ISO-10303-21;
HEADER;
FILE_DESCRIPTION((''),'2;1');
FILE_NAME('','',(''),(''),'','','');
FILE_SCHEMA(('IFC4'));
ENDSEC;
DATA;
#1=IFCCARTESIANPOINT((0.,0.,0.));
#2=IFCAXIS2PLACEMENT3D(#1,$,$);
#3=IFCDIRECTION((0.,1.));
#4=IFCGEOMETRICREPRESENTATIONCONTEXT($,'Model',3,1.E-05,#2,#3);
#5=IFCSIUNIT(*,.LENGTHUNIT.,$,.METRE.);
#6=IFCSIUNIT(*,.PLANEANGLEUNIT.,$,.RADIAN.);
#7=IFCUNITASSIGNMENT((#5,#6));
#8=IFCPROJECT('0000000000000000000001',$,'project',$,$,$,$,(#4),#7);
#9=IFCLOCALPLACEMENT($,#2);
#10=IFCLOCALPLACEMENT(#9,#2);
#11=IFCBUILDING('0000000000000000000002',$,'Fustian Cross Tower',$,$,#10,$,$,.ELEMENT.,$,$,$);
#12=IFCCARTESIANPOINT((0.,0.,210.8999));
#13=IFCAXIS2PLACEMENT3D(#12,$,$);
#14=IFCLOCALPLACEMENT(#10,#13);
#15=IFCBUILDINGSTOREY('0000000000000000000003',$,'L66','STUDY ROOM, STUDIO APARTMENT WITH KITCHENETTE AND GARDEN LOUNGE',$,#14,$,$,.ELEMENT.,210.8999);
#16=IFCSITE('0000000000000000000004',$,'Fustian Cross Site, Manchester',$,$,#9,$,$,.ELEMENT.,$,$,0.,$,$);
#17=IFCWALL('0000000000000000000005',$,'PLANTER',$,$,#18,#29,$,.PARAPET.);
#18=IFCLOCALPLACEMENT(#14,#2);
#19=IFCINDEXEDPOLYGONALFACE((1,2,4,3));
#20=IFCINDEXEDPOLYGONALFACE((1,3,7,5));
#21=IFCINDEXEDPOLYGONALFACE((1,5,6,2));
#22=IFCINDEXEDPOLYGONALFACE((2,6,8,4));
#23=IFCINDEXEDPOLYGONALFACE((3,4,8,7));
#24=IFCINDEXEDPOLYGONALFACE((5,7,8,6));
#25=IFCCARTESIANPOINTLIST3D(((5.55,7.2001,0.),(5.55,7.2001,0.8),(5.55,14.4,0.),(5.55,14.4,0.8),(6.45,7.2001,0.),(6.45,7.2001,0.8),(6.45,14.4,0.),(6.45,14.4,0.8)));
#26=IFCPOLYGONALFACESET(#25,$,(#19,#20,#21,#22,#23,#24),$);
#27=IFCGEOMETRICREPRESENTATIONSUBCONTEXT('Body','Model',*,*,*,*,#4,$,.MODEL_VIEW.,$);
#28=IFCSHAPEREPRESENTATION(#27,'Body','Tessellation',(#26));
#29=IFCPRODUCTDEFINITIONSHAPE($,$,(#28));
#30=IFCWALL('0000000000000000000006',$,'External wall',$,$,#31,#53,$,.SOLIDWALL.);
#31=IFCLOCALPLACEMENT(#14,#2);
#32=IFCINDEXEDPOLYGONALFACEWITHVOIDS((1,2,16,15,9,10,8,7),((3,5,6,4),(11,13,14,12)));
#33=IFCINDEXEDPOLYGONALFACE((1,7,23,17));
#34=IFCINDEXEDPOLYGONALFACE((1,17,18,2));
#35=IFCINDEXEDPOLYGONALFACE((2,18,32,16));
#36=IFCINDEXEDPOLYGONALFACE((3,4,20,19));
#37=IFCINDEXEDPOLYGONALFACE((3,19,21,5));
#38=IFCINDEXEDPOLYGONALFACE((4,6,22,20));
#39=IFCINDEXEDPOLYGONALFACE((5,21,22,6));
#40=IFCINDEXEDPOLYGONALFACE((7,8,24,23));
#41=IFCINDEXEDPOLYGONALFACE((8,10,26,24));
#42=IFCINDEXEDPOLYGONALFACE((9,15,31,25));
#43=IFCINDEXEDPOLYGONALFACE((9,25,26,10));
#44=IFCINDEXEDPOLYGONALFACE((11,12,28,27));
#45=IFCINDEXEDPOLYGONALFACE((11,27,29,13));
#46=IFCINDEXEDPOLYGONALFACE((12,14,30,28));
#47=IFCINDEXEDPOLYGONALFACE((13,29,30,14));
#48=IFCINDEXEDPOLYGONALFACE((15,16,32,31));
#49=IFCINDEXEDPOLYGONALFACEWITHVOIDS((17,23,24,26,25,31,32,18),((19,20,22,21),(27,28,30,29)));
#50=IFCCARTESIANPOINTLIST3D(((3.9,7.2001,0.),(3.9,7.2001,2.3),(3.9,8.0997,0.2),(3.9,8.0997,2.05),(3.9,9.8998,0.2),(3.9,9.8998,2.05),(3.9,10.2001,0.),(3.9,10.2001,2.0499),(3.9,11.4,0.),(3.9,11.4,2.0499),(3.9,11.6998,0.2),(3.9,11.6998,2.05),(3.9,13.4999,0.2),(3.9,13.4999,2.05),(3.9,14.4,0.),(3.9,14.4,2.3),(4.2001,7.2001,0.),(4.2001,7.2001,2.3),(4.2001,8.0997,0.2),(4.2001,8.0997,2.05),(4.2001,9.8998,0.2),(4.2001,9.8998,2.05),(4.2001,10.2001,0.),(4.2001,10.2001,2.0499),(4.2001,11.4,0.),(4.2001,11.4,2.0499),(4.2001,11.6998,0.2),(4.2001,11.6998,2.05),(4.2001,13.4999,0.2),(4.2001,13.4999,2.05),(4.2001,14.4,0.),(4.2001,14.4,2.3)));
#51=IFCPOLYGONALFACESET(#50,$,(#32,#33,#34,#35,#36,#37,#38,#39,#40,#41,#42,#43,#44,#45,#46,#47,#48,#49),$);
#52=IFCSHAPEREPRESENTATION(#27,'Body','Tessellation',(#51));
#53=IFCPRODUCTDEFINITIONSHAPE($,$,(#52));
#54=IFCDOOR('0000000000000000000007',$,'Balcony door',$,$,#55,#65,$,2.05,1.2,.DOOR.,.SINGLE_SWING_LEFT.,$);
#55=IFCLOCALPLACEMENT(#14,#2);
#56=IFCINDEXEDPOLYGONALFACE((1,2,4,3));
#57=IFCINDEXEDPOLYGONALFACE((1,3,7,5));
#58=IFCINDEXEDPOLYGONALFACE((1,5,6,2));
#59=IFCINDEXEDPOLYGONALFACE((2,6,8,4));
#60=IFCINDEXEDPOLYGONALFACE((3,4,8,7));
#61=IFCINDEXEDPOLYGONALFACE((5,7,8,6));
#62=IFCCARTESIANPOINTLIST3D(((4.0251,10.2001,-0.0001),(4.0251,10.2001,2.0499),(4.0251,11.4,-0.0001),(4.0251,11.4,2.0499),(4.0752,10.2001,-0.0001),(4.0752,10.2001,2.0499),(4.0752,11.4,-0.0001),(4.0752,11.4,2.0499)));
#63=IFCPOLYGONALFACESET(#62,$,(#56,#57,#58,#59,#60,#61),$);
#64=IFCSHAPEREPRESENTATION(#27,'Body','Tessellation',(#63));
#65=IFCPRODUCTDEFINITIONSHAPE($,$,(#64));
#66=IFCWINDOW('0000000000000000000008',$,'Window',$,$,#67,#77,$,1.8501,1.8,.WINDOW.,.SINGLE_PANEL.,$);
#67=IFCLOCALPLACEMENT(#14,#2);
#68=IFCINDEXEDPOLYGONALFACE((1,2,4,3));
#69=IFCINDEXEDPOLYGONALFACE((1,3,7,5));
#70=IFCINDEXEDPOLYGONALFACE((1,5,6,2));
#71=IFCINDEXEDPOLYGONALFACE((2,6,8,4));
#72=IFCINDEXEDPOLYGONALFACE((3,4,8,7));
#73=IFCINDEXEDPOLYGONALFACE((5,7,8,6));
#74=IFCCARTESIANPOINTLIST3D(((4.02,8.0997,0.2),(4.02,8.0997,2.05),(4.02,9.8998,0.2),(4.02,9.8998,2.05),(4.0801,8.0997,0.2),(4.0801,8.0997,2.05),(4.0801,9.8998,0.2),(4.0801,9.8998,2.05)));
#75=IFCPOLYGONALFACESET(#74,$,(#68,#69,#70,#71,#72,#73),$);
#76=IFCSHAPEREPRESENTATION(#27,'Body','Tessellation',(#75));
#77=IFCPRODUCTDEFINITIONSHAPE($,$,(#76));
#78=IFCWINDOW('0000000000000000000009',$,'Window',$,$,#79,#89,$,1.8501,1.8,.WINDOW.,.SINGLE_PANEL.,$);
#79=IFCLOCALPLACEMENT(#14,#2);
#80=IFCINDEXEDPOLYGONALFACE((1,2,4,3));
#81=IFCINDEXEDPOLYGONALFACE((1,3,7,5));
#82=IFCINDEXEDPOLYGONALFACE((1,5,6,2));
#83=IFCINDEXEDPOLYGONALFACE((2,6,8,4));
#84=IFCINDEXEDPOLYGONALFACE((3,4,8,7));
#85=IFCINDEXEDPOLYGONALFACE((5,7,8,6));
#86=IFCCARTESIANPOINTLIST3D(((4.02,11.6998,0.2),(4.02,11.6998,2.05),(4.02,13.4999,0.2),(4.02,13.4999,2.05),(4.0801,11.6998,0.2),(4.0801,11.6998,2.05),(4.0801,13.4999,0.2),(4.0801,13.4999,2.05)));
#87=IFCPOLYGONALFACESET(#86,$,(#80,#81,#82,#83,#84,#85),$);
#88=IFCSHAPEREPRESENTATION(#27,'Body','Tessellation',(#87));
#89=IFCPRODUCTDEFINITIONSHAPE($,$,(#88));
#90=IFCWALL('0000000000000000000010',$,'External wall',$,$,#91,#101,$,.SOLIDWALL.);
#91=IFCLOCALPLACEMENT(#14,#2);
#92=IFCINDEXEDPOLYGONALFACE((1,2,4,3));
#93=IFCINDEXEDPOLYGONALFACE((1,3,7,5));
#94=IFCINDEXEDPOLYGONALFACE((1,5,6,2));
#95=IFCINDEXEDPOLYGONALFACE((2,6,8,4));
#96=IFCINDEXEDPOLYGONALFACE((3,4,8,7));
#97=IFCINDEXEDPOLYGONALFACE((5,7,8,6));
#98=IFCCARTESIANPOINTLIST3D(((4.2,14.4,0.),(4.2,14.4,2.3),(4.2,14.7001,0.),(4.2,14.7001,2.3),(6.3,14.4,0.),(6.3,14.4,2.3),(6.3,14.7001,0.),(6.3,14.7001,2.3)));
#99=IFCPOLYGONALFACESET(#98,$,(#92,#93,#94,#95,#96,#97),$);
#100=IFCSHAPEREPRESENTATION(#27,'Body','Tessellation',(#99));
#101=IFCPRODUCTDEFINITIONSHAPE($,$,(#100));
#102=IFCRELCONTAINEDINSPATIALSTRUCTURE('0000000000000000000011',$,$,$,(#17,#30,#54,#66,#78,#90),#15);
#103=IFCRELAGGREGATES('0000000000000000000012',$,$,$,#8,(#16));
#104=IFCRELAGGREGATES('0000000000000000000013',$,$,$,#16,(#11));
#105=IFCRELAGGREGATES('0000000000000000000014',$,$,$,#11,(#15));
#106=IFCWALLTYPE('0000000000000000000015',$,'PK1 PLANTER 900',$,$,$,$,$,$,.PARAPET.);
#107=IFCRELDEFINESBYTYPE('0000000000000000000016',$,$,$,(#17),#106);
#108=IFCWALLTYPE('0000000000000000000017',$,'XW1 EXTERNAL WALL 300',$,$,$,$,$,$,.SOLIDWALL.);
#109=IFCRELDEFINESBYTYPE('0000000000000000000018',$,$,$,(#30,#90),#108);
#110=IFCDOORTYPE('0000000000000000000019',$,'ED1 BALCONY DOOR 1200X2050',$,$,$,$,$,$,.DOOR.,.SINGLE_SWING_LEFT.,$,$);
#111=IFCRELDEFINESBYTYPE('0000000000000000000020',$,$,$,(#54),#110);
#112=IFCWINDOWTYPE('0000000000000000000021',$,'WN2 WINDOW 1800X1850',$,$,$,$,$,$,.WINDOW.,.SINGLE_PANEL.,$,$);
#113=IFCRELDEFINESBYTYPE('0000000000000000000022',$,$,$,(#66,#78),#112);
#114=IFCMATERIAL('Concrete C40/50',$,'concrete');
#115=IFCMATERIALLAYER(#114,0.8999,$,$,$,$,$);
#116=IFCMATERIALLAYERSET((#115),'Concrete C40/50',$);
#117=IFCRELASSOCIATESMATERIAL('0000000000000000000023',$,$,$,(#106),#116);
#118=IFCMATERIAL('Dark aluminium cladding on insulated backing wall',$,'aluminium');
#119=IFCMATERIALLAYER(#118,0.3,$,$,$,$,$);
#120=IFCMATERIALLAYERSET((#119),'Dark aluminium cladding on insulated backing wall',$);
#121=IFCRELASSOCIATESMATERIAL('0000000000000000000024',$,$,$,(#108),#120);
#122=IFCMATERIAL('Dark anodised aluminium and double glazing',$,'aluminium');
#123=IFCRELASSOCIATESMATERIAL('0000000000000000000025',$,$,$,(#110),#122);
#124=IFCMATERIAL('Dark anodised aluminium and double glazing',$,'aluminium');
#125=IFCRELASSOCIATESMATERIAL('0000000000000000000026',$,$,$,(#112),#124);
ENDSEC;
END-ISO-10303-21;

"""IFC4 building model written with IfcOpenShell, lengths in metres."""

from ifc_helpers import new_model, si_unit, direction, frame, frame_2d, origin, place, context, subcontext, project, spatial, rectangle, extrude, material, layer, layer_set, type_object, element, fill, save


model = new_model("IFC4")

# Units and contexts
model_context = context("Model", 3, precision=1e-05, world=origin(), true_north=direction((0.0, 1.0)))
body_context = subcontext(model_context, "Body", "Model", "MODEL_VIEW")
ifc_project = project(units=[si_unit("LENGTHUNIT", "METRE"), si_unit("PLANEANGLEUNIT", "RADIAN")], contexts=[model_context])

# Site, building, storey
site_placement = place(None, origin())
site = spatial("IfcSite", under=ifc_project, at=site_placement, Name="Fustian Cross Site, Manchester", CompositionType="ELEMENT", RefElevation=0.0)
building_placement = place(site_placement, origin())
building = spatial("IfcBuilding", under=site, at=building_placement, Name="Fustian Cross Tower", CompositionType="ELEMENT")
storey_placement = place(building_placement, frame((0.0, 0.0, 210.8999)))
storey = spatial("IfcBuildingStorey", under=building, at=storey_placement, Name="L66", Description="STUDY ROOM, STUDIO APARTMENT WITH KITCHENETTE AND GARDEN LOUNGE", CompositionType="ELEMENT", Elevation=210.8999)

# Wall
ifc_material_1 = material(Name="Concrete C40/50", Category="concrete")
ifc_layer_1 = layer(ifc_material_1, 0.8999)
ifc_layer_set_1 = layer_set([ifc_layer_1], Name="Concrete C40/50")
wall_type_1 = type_object("IfcWallType", Name="PK1 PLANTER 900", PredefinedType="PARAPET", material=ifc_layer_set_1)
wall_1_placement = place(storey_placement, frame((6.0, 7.2, 0.0), z_axis=(0.0, 0.0, 1.0), x_axis=(0.0, 1.0, 0.0)))
element("IfcWall", 1, at=wall_1_placement, inside=storey, type_object=wall_type_1, Name="PLANTER", PredefinedType="PARAPET", context=body_context, shape_type="SweptSolid", body=[
    extrude(rectangle(XDim=7.2, YDim=0.8999, at=frame_2d((3.6001, 0.0))), origin(), (0.0, 0.0, 1.0), 0.8),
])

# Wall, openings, door, windows
ifc_material_2 = material(Name="Dark aluminium cladding on insulated backing wall", Category="aluminium")
ifc_layer_2 = layer(ifc_material_2, 0.3)
ifc_layer_set_2 = layer_set([ifc_layer_2], Name="Dark aluminium cladding on insulated backing wall")
wall_type_2 = type_object("IfcWallType", Name="XW1 EXTERNAL WALL 300", PredefinedType="SOLIDWALL", material=ifc_layer_set_2)
wall_2_placement = place(storey_placement, frame((4.05, 7.2, 0.0), z_axis=(0.0, 0.0, 1.0), x_axis=(0.0, 1.0, 0.0)))
wall_2 = element("IfcWall", 2, at=wall_2_placement, inside=storey, type_object=wall_type_2, Name="External wall", PredefinedType="SOLIDWALL", context=body_context, shape_type="SweptSolid", body=[
    extrude(rectangle(XDim=7.2, YDim=0.3, at=frame_2d((3.6001, 0.0))), origin(), (0.0, 0.0, 1.0), 2.3),
])
opening_1_placement = place(wall_2_placement, frame((3.0, 0.0, 0.0)))
opening_1 = element("IfcOpeningElement", 3, at=opening_1_placement, cuts=wall_2, PredefinedType="OPENING", context=body_context, shape_type="SweptSolid", body=[
    extrude(rectangle(XDim=1.2, YDim=2.05, at=frame_2d((0.6001, 1.0249))), frame((0.0, 0.1599, 0.0), z_axis=(0.0, -1.0, 0.0), x_axis=(1.0, 0.0, 0.0)), (0.0, 0.0, 1.0), 0.3201),
])
opening_2_placement = place(wall_2_placement, frame((0.8999, 0.0, 0.2)))
opening_2 = element("IfcOpeningElement", 4, at=opening_2_placement, cuts=wall_2, PredefinedType="OPENING", context=body_context, shape_type="SweptSolid", body=[
    extrude(rectangle(XDim=1.8, YDim=1.8501, at=frame_2d((0.8999, 0.925))), frame((0.0, 0.1599, 0.0), z_axis=(0.0, -1.0, 0.0), x_axis=(1.0, 0.0, 0.0)), (0.0, 0.0, 1.0), 0.3201),
])
opening_3_placement = place(wall_2_placement, frame((4.5, 0.0, 0.2)))
opening_3 = element("IfcOpeningElement", 5, at=opening_3_placement, cuts=wall_2, PredefinedType="OPENING", context=body_context, shape_type="SweptSolid", body=[
    extrude(rectangle(XDim=1.8, YDim=1.8501, at=frame_2d((0.8999, 0.925))), frame((0.0, 0.1599, 0.0), z_axis=(0.0, -1.0, 0.0), x_axis=(1.0, 0.0, 0.0)), (0.0, 0.0, 1.0), 0.3201),
])
ifc_material_3 = material(Name="Dark anodised aluminium and double glazing", Category="aluminium")
door_type_1 = type_object("IfcDoorType", Name="ED1 BALCONY DOOR 1200X2050", OperationType="SINGLE_SWING_LEFT", PredefinedType="DOOR", material=ifc_material_3)
door_1_placement = place(opening_1_placement, origin())
door_1 = element("IfcDoor", 6, at=door_1_placement, inside=storey, type_object=door_type_1, Name="Balcony door", OperationType="SINGLE_SWING_LEFT", OverallHeight=2.05, OverallWidth=1.2, PredefinedType="DOOR", context=body_context, shape_type="SweptSolid", body=[
    extrude(rectangle(XDim=1.2, YDim=2.05, at=frame_2d((0.6001, 1.0249))), frame((0.0, 0.0249, 0.0), z_axis=(0.0, -1.0, 0.0), x_axis=(1.0, 0.0, 0.0)), (0.0, 0.0, 1.0), 0.05),
])
fill(opening_1, door_1)
ifc_material_4 = material(Name="Dark anodised aluminium and double glazing", Category="aluminium")
window_type = type_object("IfcWindowType", Name="WN2 WINDOW 1800X1850", PartitioningType="SINGLE_PANEL", PredefinedType="WINDOW", material=ifc_material_4)
window_1_placement = place(opening_2_placement, origin())
window_1 = element("IfcWindow", 7, at=window_1_placement, inside=storey, type_object=window_type, Name="Window", OverallHeight=1.8501, OverallWidth=1.8, PartitioningType="SINGLE_PANEL", PredefinedType="WINDOW", context=body_context, shape_type="SweptSolid", body=[
    extrude(rectangle(XDim=1.8, YDim=1.8501, at=frame_2d((0.8999, 0.925))), frame((0.0, 0.03, 0.0), z_axis=(0.0, -1.0, 0.0), x_axis=(1.0, 0.0, 0.0)), (0.0, 0.0, 1.0), 0.0601),
])
fill(opening_2, window_1)
window_2_placement = place(opening_3_placement, origin())
window_2 = element("IfcWindow", 8, at=window_2_placement, inside=storey, type_object=window_type, Name="Window", OverallHeight=1.8501, OverallWidth=1.8, PartitioningType="SINGLE_PANEL", PredefinedType="WINDOW", context=body_context, shape_type="SweptSolid", body=[
    extrude(rectangle(XDim=1.8, YDim=1.8501, at=frame_2d((0.8999, 0.925))), frame((0.0, 0.03, 0.0), z_axis=(0.0, -1.0, 0.0), x_axis=(1.0, 0.0, 0.0)), (0.0, 0.0, 1.0), 0.0601),
])
fill(opening_3, window_2)

# Wall
wall_3_placement = place(storey_placement, frame((4.2, 14.55, 0.0), z_axis=(0.0, 0.0, 1.0), x_axis=(1.0, 0.0, 0.0)))
element("IfcWall", 9, at=wall_3_placement, inside=storey, type_object=wall_type_2, Name="External wall", PredefinedType="SOLIDWALL", context=body_context, shape_type="SweptSolid", body=[
    extrude(rectangle(XDim=2.1001, YDim=0.3, at=frame_2d((1.05, 0.0))), origin(), (0.0, 0.0, 1.0), 2.3),
])

save(model, "model.ifc")
